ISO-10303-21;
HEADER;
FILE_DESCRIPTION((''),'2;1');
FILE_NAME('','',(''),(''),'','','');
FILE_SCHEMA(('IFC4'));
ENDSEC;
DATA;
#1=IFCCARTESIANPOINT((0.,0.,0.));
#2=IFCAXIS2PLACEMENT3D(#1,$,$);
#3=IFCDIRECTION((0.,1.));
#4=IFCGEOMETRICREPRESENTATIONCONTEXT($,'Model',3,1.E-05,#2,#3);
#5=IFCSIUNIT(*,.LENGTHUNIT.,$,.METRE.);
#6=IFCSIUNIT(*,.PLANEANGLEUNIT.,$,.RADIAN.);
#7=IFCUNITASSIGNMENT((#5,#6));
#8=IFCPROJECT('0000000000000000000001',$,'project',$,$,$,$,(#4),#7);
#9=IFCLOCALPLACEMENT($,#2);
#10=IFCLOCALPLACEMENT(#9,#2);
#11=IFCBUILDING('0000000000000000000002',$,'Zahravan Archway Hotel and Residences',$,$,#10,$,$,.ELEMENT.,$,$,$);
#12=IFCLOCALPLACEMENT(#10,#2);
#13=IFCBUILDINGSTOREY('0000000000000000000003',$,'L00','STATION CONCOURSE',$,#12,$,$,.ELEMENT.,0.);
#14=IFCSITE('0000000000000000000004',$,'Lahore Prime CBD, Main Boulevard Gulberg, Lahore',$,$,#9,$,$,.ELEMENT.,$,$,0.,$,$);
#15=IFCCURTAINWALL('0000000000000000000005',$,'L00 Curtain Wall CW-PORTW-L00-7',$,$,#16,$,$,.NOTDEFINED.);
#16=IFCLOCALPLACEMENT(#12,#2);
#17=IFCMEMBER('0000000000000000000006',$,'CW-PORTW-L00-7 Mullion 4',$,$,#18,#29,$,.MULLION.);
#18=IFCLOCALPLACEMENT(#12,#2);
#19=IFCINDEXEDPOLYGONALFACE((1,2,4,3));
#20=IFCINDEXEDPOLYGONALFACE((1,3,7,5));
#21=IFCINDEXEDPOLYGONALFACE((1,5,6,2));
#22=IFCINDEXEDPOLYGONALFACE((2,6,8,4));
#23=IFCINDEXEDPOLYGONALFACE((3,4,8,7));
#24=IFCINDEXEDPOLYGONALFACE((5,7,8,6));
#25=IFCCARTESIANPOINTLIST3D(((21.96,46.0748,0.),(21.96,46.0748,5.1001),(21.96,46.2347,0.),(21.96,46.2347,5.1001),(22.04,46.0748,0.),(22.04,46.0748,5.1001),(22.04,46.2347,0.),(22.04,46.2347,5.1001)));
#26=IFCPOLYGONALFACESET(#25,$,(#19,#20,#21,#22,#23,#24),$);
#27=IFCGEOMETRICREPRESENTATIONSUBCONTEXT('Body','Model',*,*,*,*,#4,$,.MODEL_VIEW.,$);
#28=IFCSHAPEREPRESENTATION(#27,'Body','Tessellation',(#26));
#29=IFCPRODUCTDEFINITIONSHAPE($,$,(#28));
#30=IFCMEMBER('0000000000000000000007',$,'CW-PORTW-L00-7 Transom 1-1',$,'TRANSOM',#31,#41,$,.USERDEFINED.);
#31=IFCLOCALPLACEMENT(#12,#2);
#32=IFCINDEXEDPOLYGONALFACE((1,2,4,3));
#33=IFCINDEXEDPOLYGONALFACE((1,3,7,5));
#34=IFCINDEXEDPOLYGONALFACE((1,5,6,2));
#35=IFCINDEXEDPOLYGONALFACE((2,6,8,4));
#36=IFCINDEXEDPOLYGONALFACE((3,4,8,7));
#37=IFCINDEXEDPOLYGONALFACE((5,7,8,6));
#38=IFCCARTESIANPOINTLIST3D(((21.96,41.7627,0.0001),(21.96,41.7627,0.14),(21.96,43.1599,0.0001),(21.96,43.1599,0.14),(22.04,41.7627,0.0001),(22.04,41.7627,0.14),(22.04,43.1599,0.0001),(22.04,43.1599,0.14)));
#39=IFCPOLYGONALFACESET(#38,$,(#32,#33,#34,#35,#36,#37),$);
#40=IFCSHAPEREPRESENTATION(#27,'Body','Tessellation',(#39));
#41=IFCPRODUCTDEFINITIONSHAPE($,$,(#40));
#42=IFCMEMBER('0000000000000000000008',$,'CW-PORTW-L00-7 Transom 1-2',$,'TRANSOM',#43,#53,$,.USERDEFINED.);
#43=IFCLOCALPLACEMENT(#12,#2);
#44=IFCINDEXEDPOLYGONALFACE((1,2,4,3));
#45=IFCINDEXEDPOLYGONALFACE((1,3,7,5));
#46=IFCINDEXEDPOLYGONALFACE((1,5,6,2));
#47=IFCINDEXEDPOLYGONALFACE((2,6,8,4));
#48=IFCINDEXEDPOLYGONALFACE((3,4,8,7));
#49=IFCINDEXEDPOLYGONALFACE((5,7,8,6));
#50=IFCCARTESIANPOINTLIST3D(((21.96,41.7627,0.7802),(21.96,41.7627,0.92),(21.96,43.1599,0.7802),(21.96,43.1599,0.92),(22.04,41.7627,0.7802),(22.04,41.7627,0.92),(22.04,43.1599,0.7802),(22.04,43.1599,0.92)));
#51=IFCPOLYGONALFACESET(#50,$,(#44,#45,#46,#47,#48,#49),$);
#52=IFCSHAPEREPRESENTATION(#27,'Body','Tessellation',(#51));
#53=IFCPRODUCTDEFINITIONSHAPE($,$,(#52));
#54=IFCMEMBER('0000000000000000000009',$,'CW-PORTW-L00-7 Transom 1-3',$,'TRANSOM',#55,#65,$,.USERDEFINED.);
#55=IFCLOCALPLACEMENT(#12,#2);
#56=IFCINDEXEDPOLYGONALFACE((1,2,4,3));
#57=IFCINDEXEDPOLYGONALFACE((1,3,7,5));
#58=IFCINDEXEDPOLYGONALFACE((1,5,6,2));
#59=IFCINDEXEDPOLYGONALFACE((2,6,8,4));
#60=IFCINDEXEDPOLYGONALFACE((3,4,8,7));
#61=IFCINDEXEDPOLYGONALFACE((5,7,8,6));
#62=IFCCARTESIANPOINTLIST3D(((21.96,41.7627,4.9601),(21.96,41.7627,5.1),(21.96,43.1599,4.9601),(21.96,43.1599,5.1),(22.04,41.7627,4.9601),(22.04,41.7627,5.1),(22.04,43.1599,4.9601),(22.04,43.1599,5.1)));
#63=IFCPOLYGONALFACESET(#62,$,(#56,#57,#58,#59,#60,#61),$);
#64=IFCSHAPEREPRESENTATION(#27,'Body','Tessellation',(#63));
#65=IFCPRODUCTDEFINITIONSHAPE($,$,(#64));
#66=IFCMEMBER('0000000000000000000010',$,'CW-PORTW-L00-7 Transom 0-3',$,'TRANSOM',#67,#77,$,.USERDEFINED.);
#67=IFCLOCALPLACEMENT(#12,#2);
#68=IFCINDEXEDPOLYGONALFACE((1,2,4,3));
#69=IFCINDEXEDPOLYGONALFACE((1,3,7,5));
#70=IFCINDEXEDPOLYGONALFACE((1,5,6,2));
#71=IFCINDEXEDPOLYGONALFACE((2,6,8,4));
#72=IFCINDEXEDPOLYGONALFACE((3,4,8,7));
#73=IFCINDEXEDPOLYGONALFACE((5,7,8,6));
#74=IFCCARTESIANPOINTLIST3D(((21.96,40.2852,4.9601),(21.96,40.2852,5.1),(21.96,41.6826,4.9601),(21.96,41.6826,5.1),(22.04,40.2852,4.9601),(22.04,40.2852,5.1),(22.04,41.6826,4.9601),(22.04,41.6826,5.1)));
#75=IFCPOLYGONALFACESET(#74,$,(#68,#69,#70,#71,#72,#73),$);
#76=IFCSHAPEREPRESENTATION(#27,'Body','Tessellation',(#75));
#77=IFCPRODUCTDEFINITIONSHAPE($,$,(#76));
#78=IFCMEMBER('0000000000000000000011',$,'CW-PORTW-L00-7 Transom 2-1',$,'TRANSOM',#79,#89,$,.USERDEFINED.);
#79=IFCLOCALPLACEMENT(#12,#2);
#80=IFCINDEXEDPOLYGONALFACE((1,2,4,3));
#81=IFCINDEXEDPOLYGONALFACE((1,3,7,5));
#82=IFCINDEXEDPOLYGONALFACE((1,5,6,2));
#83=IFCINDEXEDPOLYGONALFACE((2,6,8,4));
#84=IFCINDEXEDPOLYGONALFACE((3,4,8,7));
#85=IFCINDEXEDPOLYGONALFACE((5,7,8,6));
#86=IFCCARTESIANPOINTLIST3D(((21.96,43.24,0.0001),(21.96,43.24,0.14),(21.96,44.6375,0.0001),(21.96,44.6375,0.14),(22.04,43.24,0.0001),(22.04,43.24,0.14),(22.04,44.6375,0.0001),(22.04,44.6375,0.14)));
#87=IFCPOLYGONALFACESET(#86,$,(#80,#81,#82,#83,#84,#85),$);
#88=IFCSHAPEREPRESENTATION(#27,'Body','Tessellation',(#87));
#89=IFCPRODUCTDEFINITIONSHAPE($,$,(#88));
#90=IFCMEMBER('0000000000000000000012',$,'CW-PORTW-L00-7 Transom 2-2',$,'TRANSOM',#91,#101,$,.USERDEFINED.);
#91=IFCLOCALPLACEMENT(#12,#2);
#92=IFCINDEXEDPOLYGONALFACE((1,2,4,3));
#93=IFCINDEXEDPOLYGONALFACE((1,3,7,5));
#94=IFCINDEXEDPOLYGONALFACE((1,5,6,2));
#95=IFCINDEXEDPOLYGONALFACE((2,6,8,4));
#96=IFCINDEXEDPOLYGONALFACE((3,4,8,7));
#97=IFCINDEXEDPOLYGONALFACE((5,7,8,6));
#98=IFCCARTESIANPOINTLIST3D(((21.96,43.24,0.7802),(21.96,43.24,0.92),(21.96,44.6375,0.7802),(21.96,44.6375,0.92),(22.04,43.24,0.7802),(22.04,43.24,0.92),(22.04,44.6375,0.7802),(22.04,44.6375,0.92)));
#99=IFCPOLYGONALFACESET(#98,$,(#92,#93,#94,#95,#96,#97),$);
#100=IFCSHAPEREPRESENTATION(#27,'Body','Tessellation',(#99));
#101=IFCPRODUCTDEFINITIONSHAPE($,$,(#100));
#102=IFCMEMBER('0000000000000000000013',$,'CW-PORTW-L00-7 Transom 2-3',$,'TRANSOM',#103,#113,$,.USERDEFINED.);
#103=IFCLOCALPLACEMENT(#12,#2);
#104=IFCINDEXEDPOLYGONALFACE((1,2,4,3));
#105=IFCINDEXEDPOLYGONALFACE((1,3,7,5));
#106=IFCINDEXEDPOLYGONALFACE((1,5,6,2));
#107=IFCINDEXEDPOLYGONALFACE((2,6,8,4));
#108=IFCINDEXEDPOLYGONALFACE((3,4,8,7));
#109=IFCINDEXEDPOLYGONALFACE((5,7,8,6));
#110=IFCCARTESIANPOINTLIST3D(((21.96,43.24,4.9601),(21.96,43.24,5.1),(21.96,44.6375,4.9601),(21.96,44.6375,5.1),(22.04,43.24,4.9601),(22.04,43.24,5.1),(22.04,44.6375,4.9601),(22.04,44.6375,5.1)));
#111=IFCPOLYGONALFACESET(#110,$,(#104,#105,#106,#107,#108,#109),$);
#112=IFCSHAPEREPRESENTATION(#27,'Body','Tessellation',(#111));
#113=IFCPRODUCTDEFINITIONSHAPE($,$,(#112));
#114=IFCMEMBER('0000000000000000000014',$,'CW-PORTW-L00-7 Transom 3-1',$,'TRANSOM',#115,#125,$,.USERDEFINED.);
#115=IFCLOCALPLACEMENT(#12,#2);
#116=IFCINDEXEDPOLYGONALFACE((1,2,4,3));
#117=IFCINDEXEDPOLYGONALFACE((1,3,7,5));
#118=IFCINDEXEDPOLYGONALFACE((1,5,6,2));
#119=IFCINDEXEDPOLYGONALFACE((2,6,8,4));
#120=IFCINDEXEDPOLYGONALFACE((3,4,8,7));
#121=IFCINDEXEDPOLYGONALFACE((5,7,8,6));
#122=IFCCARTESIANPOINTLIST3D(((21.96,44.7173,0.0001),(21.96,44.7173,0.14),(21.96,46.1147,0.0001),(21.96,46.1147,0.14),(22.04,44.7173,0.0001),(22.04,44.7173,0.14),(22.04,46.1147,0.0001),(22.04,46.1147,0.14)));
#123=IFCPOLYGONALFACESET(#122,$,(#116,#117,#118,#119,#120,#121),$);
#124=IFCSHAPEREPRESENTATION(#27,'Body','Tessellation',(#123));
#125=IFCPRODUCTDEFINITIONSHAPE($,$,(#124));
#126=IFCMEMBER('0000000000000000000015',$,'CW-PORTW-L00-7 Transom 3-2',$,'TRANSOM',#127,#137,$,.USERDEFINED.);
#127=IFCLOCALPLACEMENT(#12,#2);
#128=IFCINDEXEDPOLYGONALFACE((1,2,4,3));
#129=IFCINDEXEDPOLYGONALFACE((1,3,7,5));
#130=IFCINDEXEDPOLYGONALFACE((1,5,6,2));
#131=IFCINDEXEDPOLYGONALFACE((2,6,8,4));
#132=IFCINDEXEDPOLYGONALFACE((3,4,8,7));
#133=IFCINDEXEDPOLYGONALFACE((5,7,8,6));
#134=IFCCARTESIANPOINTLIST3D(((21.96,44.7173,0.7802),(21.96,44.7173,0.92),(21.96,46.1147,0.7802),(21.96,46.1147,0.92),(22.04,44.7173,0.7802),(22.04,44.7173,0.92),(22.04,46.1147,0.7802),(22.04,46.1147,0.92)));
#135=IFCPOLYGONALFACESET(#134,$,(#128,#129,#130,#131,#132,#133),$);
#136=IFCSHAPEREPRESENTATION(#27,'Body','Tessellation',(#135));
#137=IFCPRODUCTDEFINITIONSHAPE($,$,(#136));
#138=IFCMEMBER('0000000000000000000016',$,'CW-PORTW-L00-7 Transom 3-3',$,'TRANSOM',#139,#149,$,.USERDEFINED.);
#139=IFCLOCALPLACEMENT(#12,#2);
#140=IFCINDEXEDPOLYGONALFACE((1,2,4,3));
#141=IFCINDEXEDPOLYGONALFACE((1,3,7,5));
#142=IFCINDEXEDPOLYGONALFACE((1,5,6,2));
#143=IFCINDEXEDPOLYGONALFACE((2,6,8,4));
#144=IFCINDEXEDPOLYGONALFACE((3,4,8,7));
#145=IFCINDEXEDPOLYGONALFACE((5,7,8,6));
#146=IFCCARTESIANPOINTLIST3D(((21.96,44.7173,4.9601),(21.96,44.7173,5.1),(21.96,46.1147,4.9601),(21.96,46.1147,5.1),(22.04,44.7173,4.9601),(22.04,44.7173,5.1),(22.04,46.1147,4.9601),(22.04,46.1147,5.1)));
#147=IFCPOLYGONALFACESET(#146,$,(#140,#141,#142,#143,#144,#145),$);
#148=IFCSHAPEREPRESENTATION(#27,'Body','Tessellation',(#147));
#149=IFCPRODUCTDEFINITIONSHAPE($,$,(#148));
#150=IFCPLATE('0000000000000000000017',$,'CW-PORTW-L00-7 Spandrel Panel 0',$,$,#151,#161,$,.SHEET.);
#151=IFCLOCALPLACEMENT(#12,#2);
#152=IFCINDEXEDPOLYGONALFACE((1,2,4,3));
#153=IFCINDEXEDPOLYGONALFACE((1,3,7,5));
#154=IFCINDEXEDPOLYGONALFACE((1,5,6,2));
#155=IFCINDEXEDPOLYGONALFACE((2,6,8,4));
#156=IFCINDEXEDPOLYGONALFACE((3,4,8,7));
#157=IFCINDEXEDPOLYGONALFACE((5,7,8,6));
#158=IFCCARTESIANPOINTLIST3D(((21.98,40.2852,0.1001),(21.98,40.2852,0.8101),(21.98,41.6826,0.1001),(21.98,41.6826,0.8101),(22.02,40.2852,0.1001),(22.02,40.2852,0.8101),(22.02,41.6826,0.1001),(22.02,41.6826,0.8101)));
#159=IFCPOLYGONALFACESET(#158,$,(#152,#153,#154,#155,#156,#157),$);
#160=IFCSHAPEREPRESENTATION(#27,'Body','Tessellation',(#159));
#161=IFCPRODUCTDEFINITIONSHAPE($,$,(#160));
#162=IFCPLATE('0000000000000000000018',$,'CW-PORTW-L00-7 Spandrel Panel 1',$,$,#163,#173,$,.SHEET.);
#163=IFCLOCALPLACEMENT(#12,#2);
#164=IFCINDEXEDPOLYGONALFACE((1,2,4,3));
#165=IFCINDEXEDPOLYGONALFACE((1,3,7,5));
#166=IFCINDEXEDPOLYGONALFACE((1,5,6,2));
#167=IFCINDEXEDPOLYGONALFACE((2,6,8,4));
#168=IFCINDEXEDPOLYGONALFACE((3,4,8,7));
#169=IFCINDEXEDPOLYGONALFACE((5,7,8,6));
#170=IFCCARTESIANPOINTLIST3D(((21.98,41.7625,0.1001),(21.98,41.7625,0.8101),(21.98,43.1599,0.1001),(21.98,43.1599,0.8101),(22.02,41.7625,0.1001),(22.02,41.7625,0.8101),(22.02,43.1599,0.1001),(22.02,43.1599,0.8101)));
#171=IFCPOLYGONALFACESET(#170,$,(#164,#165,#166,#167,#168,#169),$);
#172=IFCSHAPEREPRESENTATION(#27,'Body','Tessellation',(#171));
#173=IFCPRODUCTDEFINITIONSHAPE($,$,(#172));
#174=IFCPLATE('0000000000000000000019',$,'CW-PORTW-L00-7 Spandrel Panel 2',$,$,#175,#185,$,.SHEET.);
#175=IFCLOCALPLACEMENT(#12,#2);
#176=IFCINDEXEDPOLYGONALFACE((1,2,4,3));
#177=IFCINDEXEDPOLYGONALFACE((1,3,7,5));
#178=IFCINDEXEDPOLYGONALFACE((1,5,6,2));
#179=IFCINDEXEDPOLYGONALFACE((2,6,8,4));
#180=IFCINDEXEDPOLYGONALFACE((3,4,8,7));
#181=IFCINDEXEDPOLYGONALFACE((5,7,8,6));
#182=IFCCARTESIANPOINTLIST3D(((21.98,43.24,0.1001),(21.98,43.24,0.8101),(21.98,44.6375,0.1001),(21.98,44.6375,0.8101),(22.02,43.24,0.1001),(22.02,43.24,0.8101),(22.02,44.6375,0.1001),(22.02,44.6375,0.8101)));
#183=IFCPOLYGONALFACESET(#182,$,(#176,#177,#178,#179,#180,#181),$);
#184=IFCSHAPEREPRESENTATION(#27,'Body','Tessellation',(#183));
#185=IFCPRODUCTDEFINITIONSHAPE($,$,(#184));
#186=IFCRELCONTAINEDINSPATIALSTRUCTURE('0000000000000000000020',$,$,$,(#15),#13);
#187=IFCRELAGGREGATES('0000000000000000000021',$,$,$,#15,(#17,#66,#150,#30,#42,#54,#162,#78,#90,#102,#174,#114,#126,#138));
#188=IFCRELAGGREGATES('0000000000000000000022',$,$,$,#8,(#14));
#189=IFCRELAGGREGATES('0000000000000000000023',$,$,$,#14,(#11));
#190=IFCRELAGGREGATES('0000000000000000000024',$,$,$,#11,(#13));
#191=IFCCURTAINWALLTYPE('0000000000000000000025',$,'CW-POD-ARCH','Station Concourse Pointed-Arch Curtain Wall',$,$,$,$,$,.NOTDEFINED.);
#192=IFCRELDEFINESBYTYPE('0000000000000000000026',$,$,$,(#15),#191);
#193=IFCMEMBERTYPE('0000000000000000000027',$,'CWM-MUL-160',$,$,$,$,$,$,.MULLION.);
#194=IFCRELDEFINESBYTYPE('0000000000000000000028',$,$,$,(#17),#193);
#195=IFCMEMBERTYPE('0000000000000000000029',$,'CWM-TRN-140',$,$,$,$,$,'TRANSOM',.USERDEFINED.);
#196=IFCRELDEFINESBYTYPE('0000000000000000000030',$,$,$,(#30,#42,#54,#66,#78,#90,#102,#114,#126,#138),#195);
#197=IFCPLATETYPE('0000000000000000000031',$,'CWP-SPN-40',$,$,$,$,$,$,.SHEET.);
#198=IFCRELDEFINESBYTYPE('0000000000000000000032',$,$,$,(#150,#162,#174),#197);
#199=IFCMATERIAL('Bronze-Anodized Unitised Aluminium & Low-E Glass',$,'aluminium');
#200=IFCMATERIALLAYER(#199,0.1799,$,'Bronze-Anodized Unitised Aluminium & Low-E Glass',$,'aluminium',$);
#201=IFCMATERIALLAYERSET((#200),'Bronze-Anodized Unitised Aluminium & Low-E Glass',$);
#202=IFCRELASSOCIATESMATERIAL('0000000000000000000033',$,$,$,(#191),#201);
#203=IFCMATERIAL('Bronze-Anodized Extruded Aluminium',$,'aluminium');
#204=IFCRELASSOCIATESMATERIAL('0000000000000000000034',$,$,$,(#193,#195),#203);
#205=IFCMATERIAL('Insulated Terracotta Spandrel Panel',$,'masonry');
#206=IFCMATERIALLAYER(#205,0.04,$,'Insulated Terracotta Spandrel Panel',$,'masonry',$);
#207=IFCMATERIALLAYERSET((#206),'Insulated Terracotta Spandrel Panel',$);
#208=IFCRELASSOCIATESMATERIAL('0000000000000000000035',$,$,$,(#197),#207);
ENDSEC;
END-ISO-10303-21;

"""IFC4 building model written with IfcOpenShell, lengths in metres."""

from ifc_helpers import new_model, si_unit, direction, frame, origin, origin_2d, place, context, subcontext, project, spatial, rectangle, extrude, source, transform, mapped, material, layer, layer_set, material_profile, profile_set, type_object, element, aggregate, save


model = new_model("IFC4")

# Units and contexts
model_context = context("Model", 3, precision=1e-05, world=origin(), true_north=direction((0.0, 1.0)))
body_context = subcontext(model_context, "Body", "Model", "MODEL_VIEW")
ifc_project = project(units=[si_unit("LENGTHUNIT", "METRE"), si_unit("PLANEANGLEUNIT", "RADIAN")], contexts=[model_context])

# Site, building, storey
site_placement = place(None, origin())
site = spatial("IfcSite", under=ifc_project, at=site_placement, Name="Lahore Prime CBD, Main Boulevard Gulberg, Lahore", CompositionType="ELEMENT", RefElevation=0.0)
building_placement = place(site_placement, origin())
building = spatial("IfcBuilding", under=site, at=building_placement, Name="Zahravan Archway Hotel and Residences", CompositionType="ELEMENT")
storey_placement = place(building_placement, origin())
storey = spatial("IfcBuildingStorey", under=building, at=storey_placement, Name="L00", Description="STATION CONCOURSE", CompositionType="ELEMENT", Elevation=0.0)

# Curtain wall, members, plates
ifc_material_1 = material(Name="Bronze-Anodized Unitised Aluminium & Low-E Glass", Category="aluminium")
ifc_layer_1 = layer(ifc_material_1, 0.1799, Name="Bronze-Anodized Unitised Aluminium & Low-E Glass", Category="aluminium")
ifc_layer_set_1 = layer_set([ifc_layer_1], Name="Bronze-Anodized Unitised Aluminium & Low-E Glass")
curtain_wall_type = type_object("IfcCurtainWallType", Name="CW-POD-ARCH", Description="Station Concourse Pointed-Arch Curtain Wall", PredefinedType="NOTDEFINED", material=ifc_layer_set_1)
curtain_wall_placement = place(storey_placement, origin())
curtain_wall = element("IfcCurtainWall", 1, at=curtain_wall_placement, inside=storey, type_object=curtain_wall_type, Name="L00 Curtain Wall CW-PORTW-L00-7", PredefinedType="NOTDEFINED")
ifc_material_2 = material(Name="Bronze-Anodized Extruded Aluminium", Category="aluminium")
ifc_material_profile_1 = material_profile(ifc_material_2, rectangle(XDim=0.0801, YDim=0.1599, at=origin_2d()), Name="MUL 80x160", Category="aluminium")
ifc_profile_set_1 = profile_set([ifc_material_profile_1], Name="Bronze-Anodized Extruded Aluminium")
member_type_1 = type_object("IfcMemberType", Name="CWM-MUL-160", PredefinedType="MULLION", material=ifc_profile_set_1)
shared_shape_1 = source(origin(), body_context, "Body", "SweptSolid", [
    extrude(rectangle(XDim=0.0801, YDim=0.1599, at=origin_2d()), origin(), (0.0, 0.0, 1.0), 5.1001),
])
member_1_placement = place(storey_placement, frame((22.0, 46.1548, 0.0), z_axis=(0.0, 0.0, 1.0), x_axis=(1.0, 0.0, 0.0)))
member_1 = element("IfcMember", 2, at=member_1_placement, type_object=member_type_1, Name="CW-PORTW-L00-7 Mullion 4", PredefinedType="MULLION", context=body_context, shape_type="MappedRepresentation", body=[
    mapped(shared_shape_1, transform((0.0, 0.0, 0.0), scale=1.0)),
])
ifc_material_profile_2 = material_profile(ifc_material_2, rectangle(XDim=0.0801, YDim=0.1399, at=origin_2d()), Name="TRN 80x140", Category="aluminium")
ifc_profile_set_2 = profile_set([ifc_material_profile_2], Name="Bronze-Anodized Extruded Aluminium")
member_type_2 = type_object("IfcMemberType", Name="CWM-TRN-140", ElementType="TRANSOM", PredefinedType="USERDEFINED", material=ifc_profile_set_2)
shared_shape_2 = source(origin(), body_context, "Body", "SweptSolid", [
    extrude(rectangle(XDim=0.0801, YDim=0.1399, at=origin_2d()), origin(), (0.0, 0.0, 1.0), 1.3972),
])
member_2_placement = place(storey_placement, frame((22.0, 41.7627, 0.0701), z_axis=(0.0, 1.0, 0.0), x_axis=(-1.0, 0.0, 0.0)))
member_2 = element("IfcMember", 3, at=member_2_placement, type_object=member_type_2, Name="CW-PORTW-L00-7 Transom 1-1", ObjectType="TRANSOM", PredefinedType="USERDEFINED", context=body_context, shape_type="MappedRepresentation", body=[
    mapped(shared_shape_2, transform((0.0, 0.0, 0.0), scale=1.0)),
])
member_3_placement = place(storey_placement, frame((22.0, 41.7627, 0.8501), z_axis=(0.0, 1.0, 0.0), x_axis=(-1.0, 0.0, 0.0)))
member_3 = element("IfcMember", 4, at=member_3_placement, type_object=member_type_2, Name="CW-PORTW-L00-7 Transom 1-2", ObjectType="TRANSOM", PredefinedType="USERDEFINED", context=body_context, shape_type="MappedRepresentation", body=[
    mapped(shared_shape_2, transform((0.0, 0.0, 0.0), scale=1.0)),
])
member_4_placement = place(storey_placement, frame((22.0, 41.7627, 5.03), z_axis=(0.0, 1.0, 0.0), x_axis=(-1.0, 0.0, 0.0)))
member_4 = element("IfcMember", 5, at=member_4_placement, type_object=member_type_2, Name="CW-PORTW-L00-7 Transom 1-3", ObjectType="TRANSOM", PredefinedType="USERDEFINED", context=body_context, shape_type="MappedRepresentation", body=[
    mapped(shared_shape_2, transform((0.0, 0.0, 0.0), scale=1.0)),
])
shared_shape_3 = source(origin(), body_context, "Body", "SweptSolid", [
    extrude(rectangle(XDim=0.0801, YDim=0.1399, at=origin_2d()), origin(), (0.0, 0.0, 1.0), 1.3975),
])
member_5_placement = place(storey_placement, frame((22.0, 40.2852, 5.03), z_axis=(0.0, 1.0, 0.0), x_axis=(-1.0, 0.0, 0.0)))
member_5 = element("IfcMember", 6, at=member_5_placement, type_object=member_type_2, Name="CW-PORTW-L00-7 Transom 0-3", ObjectType="TRANSOM", PredefinedType="USERDEFINED", context=body_context, shape_type="MappedRepresentation", body=[
    mapped(shared_shape_3, transform((0.0, 0.0, 0.0), scale=1.0)),
])
member_6_placement = place(storey_placement, frame((22.0, 43.24, 0.0701), z_axis=(0.0, 1.0, 0.0), x_axis=(-1.0, 0.0, 0.0)))
member_6 = element("IfcMember", 7, at=member_6_placement, type_object=member_type_2, Name="CW-PORTW-L00-7 Transom 2-1", ObjectType="TRANSOM", PredefinedType="USERDEFINED", context=body_context, shape_type="MappedRepresentation", body=[
    mapped(shared_shape_3, transform((0.0, 0.0, 0.0), scale=1.0)),
])
member_7_placement = place(storey_placement, frame((22.0, 43.24, 0.8501), z_axis=(0.0, 1.0, 0.0), x_axis=(-1.0, 0.0, 0.0)))
member_7 = element("IfcMember", 8, at=member_7_placement, type_object=member_type_2, Name="CW-PORTW-L00-7 Transom 2-2", ObjectType="TRANSOM", PredefinedType="USERDEFINED", context=body_context, shape_type="MappedRepresentation", body=[
    mapped(shared_shape_3, transform((0.0, 0.0, 0.0), scale=1.0)),
])
member_8_placement = place(storey_placement, frame((22.0, 43.24, 5.03), z_axis=(0.0, 1.0, 0.0), x_axis=(-1.0, 0.0, 0.0)))
member_8 = element("IfcMember", 9, at=member_8_placement, type_object=member_type_2, Name="CW-PORTW-L00-7 Transom 2-3", ObjectType="TRANSOM", PredefinedType="USERDEFINED", context=body_context, shape_type="MappedRepresentation", body=[
    mapped(shared_shape_3, transform((0.0, 0.0, 0.0), scale=1.0)),
])
member_9_placement = place(storey_placement, frame((22.0, 44.7173, 0.0701), z_axis=(0.0, 1.0, 0.0), x_axis=(-1.0, 0.0, 0.0)))
member_9 = element("IfcMember", 10, at=member_9_placement, type_object=member_type_2, Name="CW-PORTW-L00-7 Transom 3-1", ObjectType="TRANSOM", PredefinedType="USERDEFINED", context=body_context, shape_type="MappedRepresentation", body=[
    mapped(shared_shape_3, transform((0.0, 0.0, 0.0), scale=1.0)),
])
member_10_placement = place(storey_placement, frame((22.0, 44.7173, 0.8501), z_axis=(0.0, 1.0, 0.0), x_axis=(-1.0, 0.0, 0.0)))
member_10 = element("IfcMember", 11, at=member_10_placement, type_object=member_type_2, Name="CW-PORTW-L00-7 Transom 3-2", ObjectType="TRANSOM", PredefinedType="USERDEFINED", context=body_context, shape_type="MappedRepresentation", body=[
    mapped(shared_shape_3, transform((0.0, 0.0, 0.0), scale=1.0)),
])
member_11_placement = place(storey_placement, frame((22.0, 44.7173, 5.03), z_axis=(0.0, 1.0, 0.0), x_axis=(-1.0, 0.0, 0.0)))
member_11 = element("IfcMember", 12, at=member_11_placement, type_object=member_type_2, Name="CW-PORTW-L00-7 Transom 3-3", ObjectType="TRANSOM", PredefinedType="USERDEFINED", context=body_context, shape_type="MappedRepresentation", body=[
    mapped(shared_shape_3, transform((0.0, 0.0, 0.0), scale=1.0)),
])
ifc_material_3 = material(Name="Insulated Terracotta Spandrel Panel", Category="masonry")
ifc_layer_2 = layer(ifc_material_3, 0.04, Name="Insulated Terracotta Spandrel Panel", Category="masonry")
ifc_layer_set_2 = layer_set([ifc_layer_2], Name="Insulated Terracotta Spandrel Panel")
plate_type_1 = type_object("IfcPlateType", Name="CWP-SPN-40", PredefinedType="SHEET", material=ifc_layer_set_2)
shared_shape_4 = source(origin(), body_context, "Body", "SweptSolid", [
    extrude(rectangle(XDim=1.3975, YDim=0.04, at=origin_2d()), origin(), (0.0, 0.0, 1.0), 0.71),
])
plate_1_placement = place(storey_placement, frame((22.0, 40.9839, 0.1001), z_axis=(0.0, 0.0, 1.0), x_axis=(0.0, 1.0, 0.0)))
plate_1 = element("IfcPlate", 13, at=plate_1_placement, type_object=plate_type_1, Name="CW-PORTW-L00-7 Spandrel Panel 0", PredefinedType="SHEET", context=body_context, shape_type="MappedRepresentation", body=[
    mapped(shared_shape_4, transform((0.0, 0.0, 0.0), scale=1.0)),
])
plate_2_placement = place(storey_placement, frame((22.0, 42.4612, 0.1001), z_axis=(0.0, 0.0, 1.0), x_axis=(0.0, 1.0, 0.0)))
plate_2 = element("IfcPlate", 14, at=plate_2_placement, type_object=plate_type_1, Name="CW-PORTW-L00-7 Spandrel Panel 1", PredefinedType="SHEET", context=body_context, shape_type="MappedRepresentation", body=[
    mapped(shared_shape_4, transform((0.0, 0.0, 0.0), scale=1.0)),
])
plate_3_placement = place(storey_placement, frame((22.0, 43.9387, 0.1001), z_axis=(0.0, 0.0, 1.0), x_axis=(0.0, 1.0, 0.0)))
plate_3 = element("IfcPlate", 15, at=plate_3_placement, type_object=plate_type_1, Name="CW-PORTW-L00-7 Spandrel Panel 2", PredefinedType="SHEET", context=body_context, shape_type="MappedRepresentation", body=[
    mapped(shared_shape_4, transform((0.0, 0.0, 0.0), scale=1.0)),
])
aggregate(curtain_wall, [member_1, member_5, plate_1, member_2, member_3, member_4, plate_2, member_6, member_7, member_8, plate_3, member_9, member_10, member_11])

save(model, "model.ifc")
